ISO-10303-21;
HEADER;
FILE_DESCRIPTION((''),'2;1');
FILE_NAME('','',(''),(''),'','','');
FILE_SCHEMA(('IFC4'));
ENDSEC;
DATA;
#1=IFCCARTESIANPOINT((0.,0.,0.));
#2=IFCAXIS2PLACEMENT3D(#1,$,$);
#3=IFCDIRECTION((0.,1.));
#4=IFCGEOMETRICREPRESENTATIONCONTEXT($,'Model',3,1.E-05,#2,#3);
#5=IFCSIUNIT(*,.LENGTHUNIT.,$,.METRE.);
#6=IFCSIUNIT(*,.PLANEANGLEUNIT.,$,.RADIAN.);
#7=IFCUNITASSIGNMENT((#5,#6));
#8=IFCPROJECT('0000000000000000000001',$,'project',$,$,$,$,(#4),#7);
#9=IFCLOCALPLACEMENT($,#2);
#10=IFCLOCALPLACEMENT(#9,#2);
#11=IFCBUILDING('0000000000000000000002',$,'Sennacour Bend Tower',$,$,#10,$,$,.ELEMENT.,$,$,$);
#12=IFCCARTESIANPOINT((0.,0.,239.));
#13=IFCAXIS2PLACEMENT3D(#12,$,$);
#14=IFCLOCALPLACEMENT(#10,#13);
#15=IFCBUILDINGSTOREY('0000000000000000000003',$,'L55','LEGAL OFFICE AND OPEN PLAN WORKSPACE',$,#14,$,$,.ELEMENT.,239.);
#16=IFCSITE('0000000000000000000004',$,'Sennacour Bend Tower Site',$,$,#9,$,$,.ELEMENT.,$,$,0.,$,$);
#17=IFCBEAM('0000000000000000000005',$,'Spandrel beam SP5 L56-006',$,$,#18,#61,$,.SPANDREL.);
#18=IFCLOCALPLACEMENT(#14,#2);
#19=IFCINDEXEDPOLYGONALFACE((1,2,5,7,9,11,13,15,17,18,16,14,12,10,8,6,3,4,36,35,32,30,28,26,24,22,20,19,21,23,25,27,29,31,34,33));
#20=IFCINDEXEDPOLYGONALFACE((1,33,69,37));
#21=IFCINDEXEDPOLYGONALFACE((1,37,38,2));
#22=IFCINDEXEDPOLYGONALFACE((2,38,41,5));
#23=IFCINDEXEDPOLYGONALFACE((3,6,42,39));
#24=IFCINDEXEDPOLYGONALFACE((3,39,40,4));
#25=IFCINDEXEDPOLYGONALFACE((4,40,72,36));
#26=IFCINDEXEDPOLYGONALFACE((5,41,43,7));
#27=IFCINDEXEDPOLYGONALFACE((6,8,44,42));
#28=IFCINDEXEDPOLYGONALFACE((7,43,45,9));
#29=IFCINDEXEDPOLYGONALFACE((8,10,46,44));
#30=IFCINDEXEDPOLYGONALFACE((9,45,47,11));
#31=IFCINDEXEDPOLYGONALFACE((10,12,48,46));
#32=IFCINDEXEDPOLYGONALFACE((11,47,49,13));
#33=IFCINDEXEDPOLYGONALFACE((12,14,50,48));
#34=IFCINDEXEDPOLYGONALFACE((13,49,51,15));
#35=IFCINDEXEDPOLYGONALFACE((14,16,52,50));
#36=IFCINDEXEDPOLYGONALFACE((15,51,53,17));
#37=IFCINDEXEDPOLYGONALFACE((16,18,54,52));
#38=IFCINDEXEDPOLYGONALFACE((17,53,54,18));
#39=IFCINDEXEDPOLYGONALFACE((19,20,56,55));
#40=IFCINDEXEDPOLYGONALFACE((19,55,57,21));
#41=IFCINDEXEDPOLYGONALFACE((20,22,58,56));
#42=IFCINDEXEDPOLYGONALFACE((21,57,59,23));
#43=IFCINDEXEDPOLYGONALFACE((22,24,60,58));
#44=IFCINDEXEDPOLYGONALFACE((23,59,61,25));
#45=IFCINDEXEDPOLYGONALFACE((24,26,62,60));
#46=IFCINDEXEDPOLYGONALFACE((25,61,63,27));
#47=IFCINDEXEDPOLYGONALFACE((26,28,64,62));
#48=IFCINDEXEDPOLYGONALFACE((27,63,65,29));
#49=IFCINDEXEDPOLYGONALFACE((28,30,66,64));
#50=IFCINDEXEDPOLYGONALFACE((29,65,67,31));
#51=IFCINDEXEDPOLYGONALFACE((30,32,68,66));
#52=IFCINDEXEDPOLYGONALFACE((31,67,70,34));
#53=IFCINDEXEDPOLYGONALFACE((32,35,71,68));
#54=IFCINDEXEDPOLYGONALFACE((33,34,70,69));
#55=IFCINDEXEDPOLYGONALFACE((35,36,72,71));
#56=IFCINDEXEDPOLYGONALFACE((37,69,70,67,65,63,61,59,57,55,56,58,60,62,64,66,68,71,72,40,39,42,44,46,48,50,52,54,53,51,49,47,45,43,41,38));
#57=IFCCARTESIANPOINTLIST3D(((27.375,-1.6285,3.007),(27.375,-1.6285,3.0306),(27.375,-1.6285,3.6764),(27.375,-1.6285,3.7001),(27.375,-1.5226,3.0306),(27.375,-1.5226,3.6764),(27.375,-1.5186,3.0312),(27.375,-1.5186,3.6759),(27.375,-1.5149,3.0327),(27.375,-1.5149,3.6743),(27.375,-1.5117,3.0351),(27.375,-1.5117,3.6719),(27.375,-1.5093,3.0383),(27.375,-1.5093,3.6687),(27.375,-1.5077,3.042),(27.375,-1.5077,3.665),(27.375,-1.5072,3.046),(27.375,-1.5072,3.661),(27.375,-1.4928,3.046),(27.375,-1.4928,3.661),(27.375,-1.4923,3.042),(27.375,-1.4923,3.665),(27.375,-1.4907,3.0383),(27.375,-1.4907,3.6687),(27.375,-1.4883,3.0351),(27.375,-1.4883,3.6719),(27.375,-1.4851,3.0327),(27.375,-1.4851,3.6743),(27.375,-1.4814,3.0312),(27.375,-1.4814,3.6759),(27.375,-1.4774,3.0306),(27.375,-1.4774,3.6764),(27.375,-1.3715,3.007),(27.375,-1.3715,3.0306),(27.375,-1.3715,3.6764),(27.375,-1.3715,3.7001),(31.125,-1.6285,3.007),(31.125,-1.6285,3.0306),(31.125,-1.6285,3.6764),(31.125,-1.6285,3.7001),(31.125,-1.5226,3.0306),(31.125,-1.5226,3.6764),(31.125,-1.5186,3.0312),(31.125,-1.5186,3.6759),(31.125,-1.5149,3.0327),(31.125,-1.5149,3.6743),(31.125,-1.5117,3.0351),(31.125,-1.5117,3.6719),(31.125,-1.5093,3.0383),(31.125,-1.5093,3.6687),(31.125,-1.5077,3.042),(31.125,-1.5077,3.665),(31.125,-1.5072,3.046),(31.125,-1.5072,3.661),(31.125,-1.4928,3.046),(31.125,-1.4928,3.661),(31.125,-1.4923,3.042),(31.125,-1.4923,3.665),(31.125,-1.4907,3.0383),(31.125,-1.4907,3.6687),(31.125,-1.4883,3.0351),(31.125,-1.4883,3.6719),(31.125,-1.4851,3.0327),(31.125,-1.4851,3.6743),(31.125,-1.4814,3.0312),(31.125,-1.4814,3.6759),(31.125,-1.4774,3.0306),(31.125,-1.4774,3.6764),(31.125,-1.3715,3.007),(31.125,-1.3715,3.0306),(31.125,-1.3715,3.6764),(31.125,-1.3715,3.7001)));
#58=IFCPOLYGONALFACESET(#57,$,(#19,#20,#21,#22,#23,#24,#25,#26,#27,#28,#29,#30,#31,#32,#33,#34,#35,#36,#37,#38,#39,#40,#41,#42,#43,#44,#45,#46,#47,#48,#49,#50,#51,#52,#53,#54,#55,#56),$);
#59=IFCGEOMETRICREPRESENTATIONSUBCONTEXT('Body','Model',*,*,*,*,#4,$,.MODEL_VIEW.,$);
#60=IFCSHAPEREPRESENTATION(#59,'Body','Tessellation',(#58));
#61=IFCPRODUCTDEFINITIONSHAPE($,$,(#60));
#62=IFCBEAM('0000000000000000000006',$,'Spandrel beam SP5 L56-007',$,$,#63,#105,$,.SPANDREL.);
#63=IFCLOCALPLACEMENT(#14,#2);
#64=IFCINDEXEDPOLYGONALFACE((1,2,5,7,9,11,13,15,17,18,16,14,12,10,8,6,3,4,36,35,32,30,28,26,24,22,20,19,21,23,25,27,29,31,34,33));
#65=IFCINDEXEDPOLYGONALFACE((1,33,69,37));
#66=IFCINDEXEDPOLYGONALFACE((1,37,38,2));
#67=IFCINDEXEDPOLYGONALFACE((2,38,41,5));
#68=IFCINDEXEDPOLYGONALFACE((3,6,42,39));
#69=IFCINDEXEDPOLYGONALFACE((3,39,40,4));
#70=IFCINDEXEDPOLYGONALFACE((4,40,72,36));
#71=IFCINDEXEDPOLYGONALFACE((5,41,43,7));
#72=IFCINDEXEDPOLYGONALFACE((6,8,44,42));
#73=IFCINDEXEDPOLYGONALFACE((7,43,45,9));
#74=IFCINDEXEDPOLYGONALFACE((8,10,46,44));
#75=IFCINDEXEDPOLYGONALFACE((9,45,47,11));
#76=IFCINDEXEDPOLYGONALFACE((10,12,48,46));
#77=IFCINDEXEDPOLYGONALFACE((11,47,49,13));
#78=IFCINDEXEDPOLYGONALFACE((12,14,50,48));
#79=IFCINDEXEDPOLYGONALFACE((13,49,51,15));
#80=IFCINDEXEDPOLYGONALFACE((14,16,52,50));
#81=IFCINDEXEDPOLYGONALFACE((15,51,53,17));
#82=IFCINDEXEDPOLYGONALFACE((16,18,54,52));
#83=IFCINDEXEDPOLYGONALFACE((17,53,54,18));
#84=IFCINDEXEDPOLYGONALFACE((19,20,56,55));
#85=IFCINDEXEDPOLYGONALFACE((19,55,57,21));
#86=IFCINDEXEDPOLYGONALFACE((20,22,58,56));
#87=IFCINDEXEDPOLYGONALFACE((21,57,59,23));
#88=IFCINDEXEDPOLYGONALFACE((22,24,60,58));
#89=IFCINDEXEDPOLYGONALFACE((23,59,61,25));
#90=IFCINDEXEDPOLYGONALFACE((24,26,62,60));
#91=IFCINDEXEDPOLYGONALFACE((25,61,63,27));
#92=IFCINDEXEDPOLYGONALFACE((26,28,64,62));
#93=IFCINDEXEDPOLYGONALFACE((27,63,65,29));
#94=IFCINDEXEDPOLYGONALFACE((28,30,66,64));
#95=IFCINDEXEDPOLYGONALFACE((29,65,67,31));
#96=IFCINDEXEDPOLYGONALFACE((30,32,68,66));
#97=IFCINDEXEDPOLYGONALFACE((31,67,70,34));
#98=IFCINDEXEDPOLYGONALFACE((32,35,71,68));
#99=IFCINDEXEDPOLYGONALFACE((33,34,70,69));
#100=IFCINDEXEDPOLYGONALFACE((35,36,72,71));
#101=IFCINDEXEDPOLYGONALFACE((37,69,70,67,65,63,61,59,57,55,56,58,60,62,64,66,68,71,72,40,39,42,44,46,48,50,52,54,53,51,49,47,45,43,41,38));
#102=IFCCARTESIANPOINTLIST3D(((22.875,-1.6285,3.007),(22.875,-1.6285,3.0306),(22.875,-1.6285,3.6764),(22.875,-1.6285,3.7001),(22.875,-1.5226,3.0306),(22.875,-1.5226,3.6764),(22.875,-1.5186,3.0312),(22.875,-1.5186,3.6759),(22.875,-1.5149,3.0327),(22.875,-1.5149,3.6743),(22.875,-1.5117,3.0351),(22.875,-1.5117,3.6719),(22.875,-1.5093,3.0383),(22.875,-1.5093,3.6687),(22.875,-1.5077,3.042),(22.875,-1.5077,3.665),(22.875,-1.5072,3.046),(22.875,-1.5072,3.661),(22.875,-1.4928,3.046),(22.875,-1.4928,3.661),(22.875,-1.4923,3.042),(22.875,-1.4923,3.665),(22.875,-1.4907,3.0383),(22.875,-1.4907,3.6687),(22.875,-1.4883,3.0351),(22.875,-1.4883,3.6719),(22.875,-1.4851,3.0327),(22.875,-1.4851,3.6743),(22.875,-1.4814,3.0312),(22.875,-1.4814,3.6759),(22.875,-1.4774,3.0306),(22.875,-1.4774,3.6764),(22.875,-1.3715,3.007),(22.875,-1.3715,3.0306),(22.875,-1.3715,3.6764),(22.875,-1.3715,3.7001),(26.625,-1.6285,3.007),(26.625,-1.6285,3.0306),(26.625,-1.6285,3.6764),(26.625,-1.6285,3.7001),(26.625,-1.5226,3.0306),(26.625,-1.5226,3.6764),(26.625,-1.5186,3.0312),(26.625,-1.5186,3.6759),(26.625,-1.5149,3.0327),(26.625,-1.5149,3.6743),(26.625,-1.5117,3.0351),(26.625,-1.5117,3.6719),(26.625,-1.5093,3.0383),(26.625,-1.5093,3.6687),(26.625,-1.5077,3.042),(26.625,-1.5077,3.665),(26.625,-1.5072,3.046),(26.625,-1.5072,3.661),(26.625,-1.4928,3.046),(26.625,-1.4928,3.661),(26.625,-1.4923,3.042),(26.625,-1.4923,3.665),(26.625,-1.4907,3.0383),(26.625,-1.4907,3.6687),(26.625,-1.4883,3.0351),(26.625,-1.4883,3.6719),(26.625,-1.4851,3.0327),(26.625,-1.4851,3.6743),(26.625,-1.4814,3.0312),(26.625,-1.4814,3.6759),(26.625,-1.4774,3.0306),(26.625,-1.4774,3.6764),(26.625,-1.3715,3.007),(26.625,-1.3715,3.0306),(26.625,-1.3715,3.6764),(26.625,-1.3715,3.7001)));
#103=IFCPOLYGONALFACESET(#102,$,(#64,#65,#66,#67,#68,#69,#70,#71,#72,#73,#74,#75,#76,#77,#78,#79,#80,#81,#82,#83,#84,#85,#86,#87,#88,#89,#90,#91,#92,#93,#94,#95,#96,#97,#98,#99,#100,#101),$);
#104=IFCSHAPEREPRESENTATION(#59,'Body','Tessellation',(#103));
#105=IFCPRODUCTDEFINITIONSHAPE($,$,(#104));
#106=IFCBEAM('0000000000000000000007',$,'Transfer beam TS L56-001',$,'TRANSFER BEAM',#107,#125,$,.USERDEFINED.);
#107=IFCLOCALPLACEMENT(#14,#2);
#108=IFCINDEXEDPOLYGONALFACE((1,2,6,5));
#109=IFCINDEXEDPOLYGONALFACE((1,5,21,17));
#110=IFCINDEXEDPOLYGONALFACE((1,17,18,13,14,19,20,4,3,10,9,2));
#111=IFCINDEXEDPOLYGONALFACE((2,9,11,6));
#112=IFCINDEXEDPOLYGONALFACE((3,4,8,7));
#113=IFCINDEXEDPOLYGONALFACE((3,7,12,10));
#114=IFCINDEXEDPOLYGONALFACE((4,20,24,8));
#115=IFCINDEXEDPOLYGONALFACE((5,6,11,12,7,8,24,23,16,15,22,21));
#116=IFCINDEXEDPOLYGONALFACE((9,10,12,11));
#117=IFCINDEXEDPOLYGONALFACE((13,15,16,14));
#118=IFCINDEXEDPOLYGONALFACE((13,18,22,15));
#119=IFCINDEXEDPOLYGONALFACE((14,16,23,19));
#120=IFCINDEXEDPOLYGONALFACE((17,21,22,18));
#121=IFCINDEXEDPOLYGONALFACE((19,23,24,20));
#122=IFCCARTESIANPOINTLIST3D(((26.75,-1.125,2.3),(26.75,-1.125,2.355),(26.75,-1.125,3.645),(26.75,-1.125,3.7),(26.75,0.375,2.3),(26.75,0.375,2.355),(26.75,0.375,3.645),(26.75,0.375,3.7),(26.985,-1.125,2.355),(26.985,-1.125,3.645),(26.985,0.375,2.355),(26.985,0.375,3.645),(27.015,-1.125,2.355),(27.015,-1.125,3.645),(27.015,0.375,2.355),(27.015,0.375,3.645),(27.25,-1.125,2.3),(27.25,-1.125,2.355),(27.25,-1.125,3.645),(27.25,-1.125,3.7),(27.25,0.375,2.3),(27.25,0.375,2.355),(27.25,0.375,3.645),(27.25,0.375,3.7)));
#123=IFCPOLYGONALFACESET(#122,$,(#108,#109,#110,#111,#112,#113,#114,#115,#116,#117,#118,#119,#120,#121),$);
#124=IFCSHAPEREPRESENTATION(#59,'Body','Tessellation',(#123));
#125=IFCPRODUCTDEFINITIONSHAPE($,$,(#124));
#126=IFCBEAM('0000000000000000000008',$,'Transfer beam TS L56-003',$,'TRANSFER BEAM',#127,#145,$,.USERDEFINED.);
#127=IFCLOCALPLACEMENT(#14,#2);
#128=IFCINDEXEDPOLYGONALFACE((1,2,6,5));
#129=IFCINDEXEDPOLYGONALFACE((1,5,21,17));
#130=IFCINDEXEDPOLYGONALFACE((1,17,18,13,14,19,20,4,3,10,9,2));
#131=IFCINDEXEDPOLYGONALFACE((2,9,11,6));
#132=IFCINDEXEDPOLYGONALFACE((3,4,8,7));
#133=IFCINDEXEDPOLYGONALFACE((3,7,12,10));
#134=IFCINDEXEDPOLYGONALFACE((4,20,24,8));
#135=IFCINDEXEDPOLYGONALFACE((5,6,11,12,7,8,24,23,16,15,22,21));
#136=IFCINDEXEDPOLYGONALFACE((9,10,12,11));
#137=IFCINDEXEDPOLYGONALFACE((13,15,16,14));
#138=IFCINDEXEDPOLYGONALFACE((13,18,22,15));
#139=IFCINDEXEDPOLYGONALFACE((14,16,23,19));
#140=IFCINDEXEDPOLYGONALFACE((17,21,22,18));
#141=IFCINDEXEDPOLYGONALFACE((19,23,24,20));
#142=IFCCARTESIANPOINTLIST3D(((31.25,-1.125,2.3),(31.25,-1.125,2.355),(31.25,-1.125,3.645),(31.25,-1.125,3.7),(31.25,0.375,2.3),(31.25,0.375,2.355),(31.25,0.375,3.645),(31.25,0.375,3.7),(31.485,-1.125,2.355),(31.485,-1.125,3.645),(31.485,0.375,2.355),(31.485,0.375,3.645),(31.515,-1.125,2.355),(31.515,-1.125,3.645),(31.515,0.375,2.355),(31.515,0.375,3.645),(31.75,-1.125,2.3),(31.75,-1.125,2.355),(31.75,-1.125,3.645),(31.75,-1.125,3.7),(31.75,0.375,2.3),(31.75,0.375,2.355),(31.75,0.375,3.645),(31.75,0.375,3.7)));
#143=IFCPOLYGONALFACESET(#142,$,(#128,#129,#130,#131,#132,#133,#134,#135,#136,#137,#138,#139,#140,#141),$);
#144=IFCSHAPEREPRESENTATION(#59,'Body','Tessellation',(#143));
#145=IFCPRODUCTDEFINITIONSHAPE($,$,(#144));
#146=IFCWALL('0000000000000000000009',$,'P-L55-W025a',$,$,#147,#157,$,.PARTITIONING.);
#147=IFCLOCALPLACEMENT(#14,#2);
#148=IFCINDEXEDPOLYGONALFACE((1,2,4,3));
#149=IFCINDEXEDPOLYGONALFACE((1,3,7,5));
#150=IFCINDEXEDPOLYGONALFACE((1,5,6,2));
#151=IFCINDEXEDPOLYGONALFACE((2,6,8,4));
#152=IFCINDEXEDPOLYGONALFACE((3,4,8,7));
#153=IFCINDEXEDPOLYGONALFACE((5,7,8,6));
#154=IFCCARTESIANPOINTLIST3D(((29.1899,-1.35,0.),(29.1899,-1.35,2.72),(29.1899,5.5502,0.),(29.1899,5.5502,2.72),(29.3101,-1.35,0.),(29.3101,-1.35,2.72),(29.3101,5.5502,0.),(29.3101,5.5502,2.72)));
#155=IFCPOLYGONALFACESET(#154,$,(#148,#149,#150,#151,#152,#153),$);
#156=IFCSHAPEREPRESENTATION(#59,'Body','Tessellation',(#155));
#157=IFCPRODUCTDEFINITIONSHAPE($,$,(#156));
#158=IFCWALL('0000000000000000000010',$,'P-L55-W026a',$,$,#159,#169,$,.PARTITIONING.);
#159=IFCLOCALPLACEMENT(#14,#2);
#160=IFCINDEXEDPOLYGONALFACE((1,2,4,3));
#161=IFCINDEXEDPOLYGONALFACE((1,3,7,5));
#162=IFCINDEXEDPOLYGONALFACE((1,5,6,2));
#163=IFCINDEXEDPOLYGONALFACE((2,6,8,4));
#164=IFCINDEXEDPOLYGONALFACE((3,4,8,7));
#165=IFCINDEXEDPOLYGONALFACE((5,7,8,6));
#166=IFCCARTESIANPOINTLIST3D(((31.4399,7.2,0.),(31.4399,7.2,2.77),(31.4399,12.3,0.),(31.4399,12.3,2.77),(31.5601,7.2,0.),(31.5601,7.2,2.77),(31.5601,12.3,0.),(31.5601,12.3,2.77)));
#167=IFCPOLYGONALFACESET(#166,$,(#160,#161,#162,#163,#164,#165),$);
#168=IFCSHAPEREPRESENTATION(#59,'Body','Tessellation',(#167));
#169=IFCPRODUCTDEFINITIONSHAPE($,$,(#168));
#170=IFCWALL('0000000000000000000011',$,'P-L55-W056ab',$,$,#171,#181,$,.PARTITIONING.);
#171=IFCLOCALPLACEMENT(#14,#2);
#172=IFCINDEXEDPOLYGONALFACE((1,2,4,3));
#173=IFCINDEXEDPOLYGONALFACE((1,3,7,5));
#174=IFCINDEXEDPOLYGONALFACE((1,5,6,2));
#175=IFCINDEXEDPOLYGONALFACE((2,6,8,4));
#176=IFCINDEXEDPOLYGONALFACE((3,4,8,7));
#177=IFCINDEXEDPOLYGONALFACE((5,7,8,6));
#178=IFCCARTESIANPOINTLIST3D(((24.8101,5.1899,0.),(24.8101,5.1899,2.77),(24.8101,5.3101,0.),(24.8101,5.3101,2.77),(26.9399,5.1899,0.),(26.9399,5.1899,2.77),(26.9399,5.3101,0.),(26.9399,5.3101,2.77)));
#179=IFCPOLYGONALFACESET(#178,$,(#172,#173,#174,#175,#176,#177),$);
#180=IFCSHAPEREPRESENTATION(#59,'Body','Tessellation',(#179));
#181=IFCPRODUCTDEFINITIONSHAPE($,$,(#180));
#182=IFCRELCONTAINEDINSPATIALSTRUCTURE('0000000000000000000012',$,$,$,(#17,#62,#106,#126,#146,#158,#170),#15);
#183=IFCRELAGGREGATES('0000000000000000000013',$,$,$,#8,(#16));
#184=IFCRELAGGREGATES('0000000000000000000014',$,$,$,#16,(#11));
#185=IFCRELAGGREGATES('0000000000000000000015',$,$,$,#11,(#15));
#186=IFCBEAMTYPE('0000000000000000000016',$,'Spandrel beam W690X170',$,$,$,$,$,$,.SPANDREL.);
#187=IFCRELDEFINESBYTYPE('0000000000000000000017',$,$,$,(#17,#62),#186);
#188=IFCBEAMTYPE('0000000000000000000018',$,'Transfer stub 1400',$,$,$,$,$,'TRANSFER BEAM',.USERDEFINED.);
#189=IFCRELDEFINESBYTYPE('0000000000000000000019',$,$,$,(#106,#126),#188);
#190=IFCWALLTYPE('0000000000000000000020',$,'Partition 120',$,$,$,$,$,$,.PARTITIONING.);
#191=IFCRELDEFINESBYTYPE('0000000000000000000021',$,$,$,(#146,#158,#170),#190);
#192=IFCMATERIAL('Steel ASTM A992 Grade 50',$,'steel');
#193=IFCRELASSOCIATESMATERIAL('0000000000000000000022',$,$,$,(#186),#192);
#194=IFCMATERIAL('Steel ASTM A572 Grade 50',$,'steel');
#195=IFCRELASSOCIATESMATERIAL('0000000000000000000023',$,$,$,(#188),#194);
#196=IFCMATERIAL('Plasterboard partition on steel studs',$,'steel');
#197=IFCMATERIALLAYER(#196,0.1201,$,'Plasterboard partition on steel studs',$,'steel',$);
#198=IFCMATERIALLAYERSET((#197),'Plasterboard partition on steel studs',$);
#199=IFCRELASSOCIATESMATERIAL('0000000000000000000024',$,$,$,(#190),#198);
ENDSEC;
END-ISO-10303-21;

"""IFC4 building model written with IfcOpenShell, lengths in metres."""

from ifc_helpers import new_model, si_unit, direction, frame, frame_2d, origin, origin_2d, place, context, subcontext, project, spatial, rectangle, i_section, extrude, material, layer, layer_set, material_profile, profile_set, type_object, element, save


model = new_model("IFC4")

# Units and contexts
model_context = context("Model", 3, precision=1e-05, world=origin(), true_north=direction((0.0, 1.0)))
body_context = subcontext(model_context, "Body", "Model", "MODEL_VIEW")
ifc_project = project(units=[si_unit("LENGTHUNIT", "METRE"), si_unit("PLANEANGLEUNIT", "RADIAN")], contexts=[model_context])

# Site, building, storey
site_placement = place(None, origin())
site = spatial("IfcSite", under=ifc_project, at=site_placement, Name="Sennacour Bend Tower Site", CompositionType="ELEMENT", RefElevation=0.0)
building_placement = place(site_placement, origin())
building = spatial("IfcBuilding", under=site, at=building_placement, Name="Sennacour Bend Tower", CompositionType="ELEMENT")
storey_placement = place(building_placement, frame((0.0, 0.0, 239.0)))
storey = spatial("IfcBuildingStorey", under=building, at=storey_placement, Name="L55", Description="LEGAL OFFICE AND OPEN PLAN WORKSPACE", CompositionType="ELEMENT", Elevation=239.0)

# Shared definitions
ifc_material_1 = material(Name="Steel ASTM A572 Grade 50", Category="steel")

# Beams
ifc_material_2 = material(Name="Steel ASTM A992 Grade 50", Category="steel")
ifc_material_profile_1 = material_profile(ifc_material_2, i_section(OverallWidth=0.2571, OverallDepth=0.6931, WebThickness=0.0144, FlangeThickness=0.0237, FilletRadius=0.0154, at=origin_2d()), Name="Steel ASTM A992 Grade 50", Category="steel")
ifc_profile_set_1 = profile_set([ifc_material_profile_1], Name="Steel ASTM A992 Grade 50")
beam_type_1 = type_object("IfcBeamType", Name="Spandrel beam W690X170", PredefinedType="SPANDREL", material=ifc_profile_set_1)
for number, where, z_axis, x_axis, name in (
    (1, (31.125, -1.5, 3.3535), (-1.0, 0.0, 0.0), (0.0, -1.0, 0.0), "Spandrel beam SP5 L56-006"),
    (2, (26.625, -1.5, 3.3535), (-1.0, 0.0, 0.0), (0.0, -1.0, 0.0), "Spandrel beam SP5 L56-007"),
):
    element("IfcBeam", number, at=place(storey_placement, frame(where, z_axis=z_axis, x_axis=x_axis)), inside=storey, type_object=beam_type_1, Name=name, PredefinedType="SPANDREL", context=body_context, shape_type="SweptSolid", body=[
        extrude(i_section(OverallWidth=0.2571, OverallDepth=0.6931, WebThickness=0.0144, FlangeThickness=0.0237, FilletRadius=0.0154, at=origin_2d()), origin(), (0.0, 0.0, 1.0), 3.75),
    ])
ifc_material_profile_2 = material_profile(ifc_material_1, i_section(OverallWidth=0.5, OverallDepth=1.3999, WebThickness=0.03, FlangeThickness=0.0549, at=origin_2d()), Name="Steel ASTM A572 Grade 50", Category="steel")
ifc_profile_set_2 = profile_set([ifc_material_profile_2], Name="Steel ASTM A572 Grade 50")
beam_type_2 = type_object("IfcBeamType", Name="Transfer stub 1400", ElementType="TRANSFER BEAM", PredefinedType="USERDEFINED", material=ifc_profile_set_2)
for number, where, z_axis, x_axis, name in (
    (3, (27.0, -1.125, 3.0), (0.0, 1.0, 0.0), (-1.0, 0.0, 0.0), "Transfer beam TS L56-001"),
    (4, (31.5, -1.125, 3.0), (0.0, 1.0, 0.0), (-1.0, 0.0, 0.0), "Transfer beam TS L56-003"),
):
    element("IfcBeam", number, at=place(storey_placement, frame(where, z_axis=z_axis, x_axis=x_axis)), inside=storey, type_object=beam_type_2, Name=name, ObjectType="TRANSFER BEAM", PredefinedType="USERDEFINED", context=body_context, shape_type="SweptSolid", body=[
        extrude(i_section(OverallWidth=0.5, OverallDepth=1.3999, WebThickness=0.03, FlangeThickness=0.0549, at=origin_2d()), origin(), (0.0, 0.0, 1.0), 1.5),
    ])

# Walls
ifc_material_3 = material(Name="Plasterboard partition on steel studs", Category="steel")
ifc_layer_1 = layer(ifc_material_3, 0.1201, Name="Plasterboard partition on steel studs", Category="steel")
ifc_layer_set_1 = layer_set([ifc_layer_1], Name="Plasterboard partition on steel studs")
wall_type_1 = type_object("IfcWallType", Name="Partition 120", PredefinedType="PARTITIONING", material=ifc_layer_set_1)
wall_1_placement = place(storey_placement, frame((29.25, -1.3501, 0.0), z_axis=(0.0, 0.0, 1.0), x_axis=(0.0, 1.0, 0.0)))
element("IfcWall", 5, at=wall_1_placement, inside=storey, type_object=wall_type_1, Name="P-L55-W025a", PredefinedType="PARTITIONING", context=body_context, shape_type="SweptSolid", body=[
    extrude(rectangle(XDim=6.9001, YDim=0.1201, at=frame_2d((3.4502, 0.0))), origin(), (0.0, 0.0, 1.0), 2.72),
])
wall_2_placement = place(storey_placement, frame((31.5, 7.2, 0.0), z_axis=(0.0, 0.0, 1.0), x_axis=(0.0, 1.0, 0.0)))
element("IfcWall", 6, at=wall_2_placement, inside=storey, type_object=wall_type_1, Name="P-L55-W026a", PredefinedType="PARTITIONING", context=body_context, shape_type="SweptSolid", body=[
    extrude(rectangle(XDim=5.1001, YDim=0.1201, at=frame_2d((2.55, 0.0))), origin(), (0.0, 0.0, 1.0), 2.77),
])
wall_3_placement = place(storey_placement, frame((24.8101, 5.25, 0.0), z_axis=(0.0, 0.0, 1.0), x_axis=(1.0, 0.0, 0.0)))
element("IfcWall", 7, at=wall_3_placement, inside=storey, type_object=wall_type_1, Name="P-L55-W056ab", PredefinedType="PARTITIONING", context=body_context, shape_type="SweptSolid", body=[
    extrude(rectangle(XDim=2.1299, YDim=0.1201, at=frame_2d((1.0649, 0.0))), origin(), (0.0, 0.0, 1.0), 2.77),
])

save(model, "model.ifc")
